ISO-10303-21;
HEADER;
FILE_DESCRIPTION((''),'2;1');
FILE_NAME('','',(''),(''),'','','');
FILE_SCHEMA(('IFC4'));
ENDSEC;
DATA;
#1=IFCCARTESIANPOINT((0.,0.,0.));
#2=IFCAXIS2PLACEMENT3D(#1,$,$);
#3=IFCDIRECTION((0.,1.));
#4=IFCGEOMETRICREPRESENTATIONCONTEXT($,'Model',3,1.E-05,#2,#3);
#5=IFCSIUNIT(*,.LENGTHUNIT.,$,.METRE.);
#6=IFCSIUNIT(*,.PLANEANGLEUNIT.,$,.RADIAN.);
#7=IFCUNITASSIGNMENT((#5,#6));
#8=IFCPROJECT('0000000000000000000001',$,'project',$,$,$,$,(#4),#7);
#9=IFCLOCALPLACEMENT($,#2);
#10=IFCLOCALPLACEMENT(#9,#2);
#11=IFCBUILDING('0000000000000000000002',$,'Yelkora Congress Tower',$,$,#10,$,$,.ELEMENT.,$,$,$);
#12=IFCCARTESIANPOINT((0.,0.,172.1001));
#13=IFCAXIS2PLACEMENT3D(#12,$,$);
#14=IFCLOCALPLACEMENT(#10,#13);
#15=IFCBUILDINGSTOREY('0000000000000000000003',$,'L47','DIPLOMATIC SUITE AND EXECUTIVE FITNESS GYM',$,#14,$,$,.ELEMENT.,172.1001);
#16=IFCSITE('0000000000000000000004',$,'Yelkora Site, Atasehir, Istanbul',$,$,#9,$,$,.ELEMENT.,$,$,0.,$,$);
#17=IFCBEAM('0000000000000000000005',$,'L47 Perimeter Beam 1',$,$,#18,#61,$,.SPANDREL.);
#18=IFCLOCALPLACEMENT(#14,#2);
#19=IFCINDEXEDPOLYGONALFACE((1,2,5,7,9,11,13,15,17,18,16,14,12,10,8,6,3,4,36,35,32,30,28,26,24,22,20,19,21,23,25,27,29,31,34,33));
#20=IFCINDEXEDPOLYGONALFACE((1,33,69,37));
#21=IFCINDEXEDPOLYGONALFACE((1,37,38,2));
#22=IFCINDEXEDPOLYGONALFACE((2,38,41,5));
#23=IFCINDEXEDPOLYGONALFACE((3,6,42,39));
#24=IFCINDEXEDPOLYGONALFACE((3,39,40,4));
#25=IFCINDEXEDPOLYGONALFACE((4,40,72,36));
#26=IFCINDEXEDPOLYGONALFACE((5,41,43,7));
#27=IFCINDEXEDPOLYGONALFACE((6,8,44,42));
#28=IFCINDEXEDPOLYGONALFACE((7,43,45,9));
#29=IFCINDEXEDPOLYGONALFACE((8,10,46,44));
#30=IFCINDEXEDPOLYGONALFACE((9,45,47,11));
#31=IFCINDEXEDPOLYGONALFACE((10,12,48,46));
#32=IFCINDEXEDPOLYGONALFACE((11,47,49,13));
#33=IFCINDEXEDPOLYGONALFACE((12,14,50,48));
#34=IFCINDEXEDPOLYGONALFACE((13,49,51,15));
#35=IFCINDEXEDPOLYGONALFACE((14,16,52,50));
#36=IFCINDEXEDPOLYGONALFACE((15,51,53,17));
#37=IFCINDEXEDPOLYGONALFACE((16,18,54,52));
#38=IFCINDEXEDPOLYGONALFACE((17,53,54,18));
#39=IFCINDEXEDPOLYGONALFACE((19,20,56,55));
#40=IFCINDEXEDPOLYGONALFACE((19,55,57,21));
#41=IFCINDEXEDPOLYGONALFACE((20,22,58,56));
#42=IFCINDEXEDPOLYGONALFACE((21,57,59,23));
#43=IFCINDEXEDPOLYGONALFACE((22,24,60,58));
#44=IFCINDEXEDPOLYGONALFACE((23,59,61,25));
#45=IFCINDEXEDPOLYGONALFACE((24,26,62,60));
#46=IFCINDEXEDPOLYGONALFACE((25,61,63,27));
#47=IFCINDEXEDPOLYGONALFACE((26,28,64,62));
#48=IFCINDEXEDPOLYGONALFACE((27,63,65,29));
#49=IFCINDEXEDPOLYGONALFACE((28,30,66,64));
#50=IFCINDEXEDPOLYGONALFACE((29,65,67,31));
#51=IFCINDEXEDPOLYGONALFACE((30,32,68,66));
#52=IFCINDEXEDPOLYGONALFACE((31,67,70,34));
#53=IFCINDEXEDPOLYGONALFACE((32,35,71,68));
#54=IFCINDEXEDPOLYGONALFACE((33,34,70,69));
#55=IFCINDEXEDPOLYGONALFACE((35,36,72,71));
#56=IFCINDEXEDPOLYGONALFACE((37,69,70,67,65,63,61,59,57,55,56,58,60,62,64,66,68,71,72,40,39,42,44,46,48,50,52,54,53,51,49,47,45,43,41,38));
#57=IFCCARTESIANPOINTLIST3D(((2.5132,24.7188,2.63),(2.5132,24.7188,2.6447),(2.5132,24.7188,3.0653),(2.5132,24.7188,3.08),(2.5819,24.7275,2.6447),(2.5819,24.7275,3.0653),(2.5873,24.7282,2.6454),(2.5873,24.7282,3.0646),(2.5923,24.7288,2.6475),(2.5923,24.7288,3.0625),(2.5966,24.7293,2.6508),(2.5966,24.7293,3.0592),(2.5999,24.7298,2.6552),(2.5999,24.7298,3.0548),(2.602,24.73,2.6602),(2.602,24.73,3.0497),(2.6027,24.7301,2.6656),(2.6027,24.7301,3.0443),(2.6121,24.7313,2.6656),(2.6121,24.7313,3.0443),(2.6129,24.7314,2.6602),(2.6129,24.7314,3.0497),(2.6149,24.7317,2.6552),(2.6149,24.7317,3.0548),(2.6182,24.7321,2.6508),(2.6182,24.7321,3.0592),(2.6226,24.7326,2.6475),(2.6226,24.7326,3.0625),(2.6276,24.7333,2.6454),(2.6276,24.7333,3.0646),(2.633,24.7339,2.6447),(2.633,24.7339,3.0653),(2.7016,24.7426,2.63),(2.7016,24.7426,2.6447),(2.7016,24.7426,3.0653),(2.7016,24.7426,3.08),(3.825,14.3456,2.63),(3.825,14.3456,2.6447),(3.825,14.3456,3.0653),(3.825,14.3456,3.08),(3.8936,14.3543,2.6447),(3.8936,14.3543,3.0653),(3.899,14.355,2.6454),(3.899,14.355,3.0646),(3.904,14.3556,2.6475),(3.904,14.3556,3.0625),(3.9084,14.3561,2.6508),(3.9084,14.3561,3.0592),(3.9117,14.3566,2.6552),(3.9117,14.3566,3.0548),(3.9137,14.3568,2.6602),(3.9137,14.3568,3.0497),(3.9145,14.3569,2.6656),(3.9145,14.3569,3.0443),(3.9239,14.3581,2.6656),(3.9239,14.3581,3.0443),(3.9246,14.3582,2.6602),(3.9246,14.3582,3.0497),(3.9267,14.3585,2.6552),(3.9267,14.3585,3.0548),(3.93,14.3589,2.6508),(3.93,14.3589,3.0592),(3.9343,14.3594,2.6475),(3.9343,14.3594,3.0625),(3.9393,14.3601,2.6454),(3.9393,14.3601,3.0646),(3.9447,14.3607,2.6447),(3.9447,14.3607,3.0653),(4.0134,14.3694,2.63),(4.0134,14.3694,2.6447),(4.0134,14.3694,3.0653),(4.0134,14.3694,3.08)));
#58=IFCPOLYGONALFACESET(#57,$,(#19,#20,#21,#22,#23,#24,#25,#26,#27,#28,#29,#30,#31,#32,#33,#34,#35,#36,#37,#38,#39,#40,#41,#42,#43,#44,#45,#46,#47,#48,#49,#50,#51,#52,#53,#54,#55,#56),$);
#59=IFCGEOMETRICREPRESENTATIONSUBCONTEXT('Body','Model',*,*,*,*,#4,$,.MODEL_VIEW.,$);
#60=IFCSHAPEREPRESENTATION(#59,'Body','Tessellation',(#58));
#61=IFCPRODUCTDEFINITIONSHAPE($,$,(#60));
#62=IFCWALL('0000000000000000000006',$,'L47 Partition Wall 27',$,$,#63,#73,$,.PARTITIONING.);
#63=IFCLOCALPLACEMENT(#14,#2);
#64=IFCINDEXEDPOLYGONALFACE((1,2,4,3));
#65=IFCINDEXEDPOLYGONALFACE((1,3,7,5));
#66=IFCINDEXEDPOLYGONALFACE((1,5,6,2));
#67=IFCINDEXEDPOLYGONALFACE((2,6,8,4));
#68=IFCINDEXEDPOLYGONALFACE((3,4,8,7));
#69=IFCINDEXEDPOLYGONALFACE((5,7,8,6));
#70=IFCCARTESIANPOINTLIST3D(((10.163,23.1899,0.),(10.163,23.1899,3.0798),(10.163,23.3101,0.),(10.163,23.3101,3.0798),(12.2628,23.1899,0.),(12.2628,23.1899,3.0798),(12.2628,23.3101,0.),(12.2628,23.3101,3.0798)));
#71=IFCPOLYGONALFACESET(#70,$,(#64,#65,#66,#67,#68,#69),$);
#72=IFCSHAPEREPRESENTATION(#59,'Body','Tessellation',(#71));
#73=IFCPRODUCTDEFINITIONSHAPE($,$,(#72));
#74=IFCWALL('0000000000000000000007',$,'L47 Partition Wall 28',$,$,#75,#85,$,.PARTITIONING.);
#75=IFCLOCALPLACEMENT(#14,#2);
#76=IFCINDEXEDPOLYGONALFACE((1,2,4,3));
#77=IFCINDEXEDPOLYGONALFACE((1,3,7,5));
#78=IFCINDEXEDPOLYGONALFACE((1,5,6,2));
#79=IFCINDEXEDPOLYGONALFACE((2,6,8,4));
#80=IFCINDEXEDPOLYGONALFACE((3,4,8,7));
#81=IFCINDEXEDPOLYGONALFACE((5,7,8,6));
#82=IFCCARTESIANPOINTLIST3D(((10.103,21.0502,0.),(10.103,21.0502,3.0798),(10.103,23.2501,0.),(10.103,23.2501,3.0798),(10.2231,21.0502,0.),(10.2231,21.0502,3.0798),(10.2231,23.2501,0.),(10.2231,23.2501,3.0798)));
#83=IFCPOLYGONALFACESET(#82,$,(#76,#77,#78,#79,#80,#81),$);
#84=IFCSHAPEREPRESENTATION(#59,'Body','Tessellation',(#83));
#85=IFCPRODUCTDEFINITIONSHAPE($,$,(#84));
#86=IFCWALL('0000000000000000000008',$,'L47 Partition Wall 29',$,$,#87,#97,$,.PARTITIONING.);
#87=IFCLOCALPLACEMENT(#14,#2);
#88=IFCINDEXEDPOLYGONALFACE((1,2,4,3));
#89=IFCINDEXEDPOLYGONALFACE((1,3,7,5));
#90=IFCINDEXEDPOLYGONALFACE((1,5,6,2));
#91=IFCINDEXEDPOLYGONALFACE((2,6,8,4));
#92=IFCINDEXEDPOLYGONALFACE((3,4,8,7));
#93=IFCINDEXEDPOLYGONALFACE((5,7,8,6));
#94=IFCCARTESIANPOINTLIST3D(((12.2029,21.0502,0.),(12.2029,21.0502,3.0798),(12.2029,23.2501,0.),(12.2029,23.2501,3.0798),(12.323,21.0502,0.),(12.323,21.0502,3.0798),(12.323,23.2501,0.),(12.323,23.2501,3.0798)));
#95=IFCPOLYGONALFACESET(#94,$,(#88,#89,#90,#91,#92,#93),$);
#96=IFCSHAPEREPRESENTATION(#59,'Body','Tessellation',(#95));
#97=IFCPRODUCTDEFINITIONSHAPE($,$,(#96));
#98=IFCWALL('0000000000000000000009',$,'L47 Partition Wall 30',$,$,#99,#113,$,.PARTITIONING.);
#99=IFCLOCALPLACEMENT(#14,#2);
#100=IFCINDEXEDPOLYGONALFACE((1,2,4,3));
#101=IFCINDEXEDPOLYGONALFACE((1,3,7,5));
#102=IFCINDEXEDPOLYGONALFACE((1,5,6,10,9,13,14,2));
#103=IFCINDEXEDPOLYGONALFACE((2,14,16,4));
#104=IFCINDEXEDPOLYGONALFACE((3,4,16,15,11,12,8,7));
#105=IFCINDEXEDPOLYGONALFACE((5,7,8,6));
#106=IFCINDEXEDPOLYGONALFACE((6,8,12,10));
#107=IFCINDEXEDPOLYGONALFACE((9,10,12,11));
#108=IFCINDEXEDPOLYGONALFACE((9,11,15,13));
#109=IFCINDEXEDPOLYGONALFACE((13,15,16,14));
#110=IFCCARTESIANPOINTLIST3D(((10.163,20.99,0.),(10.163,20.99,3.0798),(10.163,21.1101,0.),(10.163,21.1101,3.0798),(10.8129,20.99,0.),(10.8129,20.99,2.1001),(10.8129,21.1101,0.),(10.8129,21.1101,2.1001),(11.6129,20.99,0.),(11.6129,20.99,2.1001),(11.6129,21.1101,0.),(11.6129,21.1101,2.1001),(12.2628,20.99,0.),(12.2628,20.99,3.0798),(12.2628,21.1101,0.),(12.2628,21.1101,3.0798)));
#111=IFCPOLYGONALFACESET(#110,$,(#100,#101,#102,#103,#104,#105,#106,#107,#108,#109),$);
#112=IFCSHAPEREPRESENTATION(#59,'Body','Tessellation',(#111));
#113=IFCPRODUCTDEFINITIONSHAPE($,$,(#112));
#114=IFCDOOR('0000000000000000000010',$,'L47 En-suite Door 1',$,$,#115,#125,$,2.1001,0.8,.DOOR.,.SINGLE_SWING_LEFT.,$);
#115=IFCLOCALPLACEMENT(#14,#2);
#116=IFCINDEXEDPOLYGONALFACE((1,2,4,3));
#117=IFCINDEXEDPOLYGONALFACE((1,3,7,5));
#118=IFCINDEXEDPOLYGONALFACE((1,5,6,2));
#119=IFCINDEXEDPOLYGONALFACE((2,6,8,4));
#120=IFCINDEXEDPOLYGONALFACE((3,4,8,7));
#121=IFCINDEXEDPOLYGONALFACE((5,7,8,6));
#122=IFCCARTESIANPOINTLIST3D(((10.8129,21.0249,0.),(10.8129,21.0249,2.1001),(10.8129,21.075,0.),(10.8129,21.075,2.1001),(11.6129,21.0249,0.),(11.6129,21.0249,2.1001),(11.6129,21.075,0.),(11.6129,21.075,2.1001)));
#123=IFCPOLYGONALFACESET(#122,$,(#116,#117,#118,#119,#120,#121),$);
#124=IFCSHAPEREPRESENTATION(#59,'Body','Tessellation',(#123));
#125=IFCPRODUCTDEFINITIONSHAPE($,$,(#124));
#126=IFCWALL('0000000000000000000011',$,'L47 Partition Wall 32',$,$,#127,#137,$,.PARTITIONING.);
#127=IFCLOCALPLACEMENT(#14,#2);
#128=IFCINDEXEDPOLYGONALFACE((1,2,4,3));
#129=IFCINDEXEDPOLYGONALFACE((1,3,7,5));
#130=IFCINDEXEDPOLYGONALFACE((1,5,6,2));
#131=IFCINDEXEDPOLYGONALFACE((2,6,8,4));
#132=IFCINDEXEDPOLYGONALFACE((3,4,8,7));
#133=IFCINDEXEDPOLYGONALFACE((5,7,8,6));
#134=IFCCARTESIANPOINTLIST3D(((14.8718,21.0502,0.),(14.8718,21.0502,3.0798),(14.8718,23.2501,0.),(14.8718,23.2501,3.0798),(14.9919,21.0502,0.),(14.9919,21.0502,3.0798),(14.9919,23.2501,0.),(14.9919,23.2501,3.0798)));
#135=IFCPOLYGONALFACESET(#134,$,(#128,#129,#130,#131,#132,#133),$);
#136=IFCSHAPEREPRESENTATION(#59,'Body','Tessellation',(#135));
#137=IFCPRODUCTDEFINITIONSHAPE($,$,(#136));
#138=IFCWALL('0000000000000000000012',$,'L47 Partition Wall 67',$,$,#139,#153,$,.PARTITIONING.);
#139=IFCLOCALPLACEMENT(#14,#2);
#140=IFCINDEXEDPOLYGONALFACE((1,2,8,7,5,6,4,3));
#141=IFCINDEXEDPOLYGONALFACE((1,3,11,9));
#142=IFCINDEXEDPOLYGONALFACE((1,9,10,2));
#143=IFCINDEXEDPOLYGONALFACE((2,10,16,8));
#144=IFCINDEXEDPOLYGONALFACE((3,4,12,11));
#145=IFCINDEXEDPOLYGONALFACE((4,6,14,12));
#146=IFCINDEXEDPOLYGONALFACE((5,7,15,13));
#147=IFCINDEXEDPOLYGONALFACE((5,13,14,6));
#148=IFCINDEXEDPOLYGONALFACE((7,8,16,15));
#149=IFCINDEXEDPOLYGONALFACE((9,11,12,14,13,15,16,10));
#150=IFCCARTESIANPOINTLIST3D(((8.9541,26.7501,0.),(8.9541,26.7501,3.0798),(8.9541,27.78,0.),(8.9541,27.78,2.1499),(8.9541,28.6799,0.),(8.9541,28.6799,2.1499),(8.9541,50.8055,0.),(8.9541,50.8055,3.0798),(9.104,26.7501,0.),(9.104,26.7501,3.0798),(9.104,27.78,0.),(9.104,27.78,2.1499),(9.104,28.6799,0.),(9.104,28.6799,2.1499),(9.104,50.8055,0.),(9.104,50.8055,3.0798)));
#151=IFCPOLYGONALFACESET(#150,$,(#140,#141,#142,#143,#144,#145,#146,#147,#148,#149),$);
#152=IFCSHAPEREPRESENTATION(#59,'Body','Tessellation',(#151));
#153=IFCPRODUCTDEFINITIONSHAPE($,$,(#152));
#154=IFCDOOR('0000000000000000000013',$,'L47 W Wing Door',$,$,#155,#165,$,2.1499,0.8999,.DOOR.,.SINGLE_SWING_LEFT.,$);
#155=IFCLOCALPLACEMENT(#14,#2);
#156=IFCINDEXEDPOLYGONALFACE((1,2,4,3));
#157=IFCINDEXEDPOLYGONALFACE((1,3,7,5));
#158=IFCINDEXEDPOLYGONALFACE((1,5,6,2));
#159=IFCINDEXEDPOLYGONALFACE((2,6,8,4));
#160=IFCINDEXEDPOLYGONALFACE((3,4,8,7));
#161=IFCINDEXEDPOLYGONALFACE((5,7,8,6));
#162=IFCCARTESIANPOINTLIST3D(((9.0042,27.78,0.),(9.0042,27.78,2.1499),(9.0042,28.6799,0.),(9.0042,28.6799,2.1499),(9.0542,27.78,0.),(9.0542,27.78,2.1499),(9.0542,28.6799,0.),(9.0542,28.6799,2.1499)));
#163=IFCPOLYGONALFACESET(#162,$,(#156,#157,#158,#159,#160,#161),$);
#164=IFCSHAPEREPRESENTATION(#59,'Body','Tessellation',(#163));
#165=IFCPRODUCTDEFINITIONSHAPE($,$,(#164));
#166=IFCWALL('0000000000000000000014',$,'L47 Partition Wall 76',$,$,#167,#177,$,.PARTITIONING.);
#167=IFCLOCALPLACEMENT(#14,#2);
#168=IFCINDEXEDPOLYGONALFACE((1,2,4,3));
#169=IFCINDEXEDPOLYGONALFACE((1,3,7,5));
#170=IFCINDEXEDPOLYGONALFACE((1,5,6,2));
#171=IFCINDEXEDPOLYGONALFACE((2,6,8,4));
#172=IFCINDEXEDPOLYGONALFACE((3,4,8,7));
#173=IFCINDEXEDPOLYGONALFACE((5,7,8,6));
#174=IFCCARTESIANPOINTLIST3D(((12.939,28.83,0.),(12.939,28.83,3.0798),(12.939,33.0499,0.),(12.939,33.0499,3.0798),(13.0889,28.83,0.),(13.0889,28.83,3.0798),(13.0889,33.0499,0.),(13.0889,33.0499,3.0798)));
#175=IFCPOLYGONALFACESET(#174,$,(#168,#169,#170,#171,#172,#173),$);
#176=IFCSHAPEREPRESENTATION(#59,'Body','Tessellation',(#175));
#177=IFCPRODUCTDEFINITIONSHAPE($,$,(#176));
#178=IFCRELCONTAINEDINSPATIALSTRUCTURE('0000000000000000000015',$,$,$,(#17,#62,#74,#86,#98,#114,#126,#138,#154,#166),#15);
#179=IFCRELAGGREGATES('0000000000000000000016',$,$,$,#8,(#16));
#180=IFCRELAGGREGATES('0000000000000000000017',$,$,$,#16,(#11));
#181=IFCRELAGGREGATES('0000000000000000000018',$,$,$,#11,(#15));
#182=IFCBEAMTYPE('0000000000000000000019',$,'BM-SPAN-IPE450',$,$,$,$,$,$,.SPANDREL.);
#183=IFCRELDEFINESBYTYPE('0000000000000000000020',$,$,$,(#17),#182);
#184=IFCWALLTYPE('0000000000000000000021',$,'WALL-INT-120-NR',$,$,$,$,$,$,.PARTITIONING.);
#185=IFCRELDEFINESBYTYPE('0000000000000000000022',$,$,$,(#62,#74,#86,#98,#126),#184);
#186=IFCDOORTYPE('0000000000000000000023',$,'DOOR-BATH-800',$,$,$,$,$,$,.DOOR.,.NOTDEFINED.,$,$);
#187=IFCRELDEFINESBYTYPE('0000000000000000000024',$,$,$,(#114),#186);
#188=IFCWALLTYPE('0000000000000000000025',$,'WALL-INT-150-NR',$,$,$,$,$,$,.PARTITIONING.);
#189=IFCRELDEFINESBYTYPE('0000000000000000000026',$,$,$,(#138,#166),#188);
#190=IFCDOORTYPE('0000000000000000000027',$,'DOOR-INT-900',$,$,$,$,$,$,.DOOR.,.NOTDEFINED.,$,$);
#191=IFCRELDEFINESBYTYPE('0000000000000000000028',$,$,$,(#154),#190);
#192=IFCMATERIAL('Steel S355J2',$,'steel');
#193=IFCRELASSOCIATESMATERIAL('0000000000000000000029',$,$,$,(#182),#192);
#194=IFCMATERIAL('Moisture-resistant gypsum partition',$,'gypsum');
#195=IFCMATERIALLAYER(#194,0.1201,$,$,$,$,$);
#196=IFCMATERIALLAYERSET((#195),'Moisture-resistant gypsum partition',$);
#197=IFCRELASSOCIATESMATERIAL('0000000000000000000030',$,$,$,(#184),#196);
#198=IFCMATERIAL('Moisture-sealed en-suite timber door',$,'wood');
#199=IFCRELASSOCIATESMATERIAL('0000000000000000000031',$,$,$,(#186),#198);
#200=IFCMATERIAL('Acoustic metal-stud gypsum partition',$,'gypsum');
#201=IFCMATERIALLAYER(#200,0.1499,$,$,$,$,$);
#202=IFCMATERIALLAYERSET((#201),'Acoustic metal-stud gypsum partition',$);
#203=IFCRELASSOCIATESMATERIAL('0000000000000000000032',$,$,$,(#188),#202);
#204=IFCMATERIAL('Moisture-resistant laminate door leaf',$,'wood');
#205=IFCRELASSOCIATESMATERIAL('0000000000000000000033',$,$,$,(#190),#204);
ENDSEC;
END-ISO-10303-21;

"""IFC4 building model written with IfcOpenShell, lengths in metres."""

from ifc_helpers import new_model, si_unit, direction, frame, frame_2d, origin, origin_2d, place, context, subcontext, project, spatial, rectangle, i_section, extrude, material, layer, layer_set, material_profile, profile_set, type_object, element, fill, save


model = new_model("IFC4")

# Units and contexts
model_context = context("Model", 3, precision=1e-05, world=origin(), true_north=direction((0.0, 1.0)))
body_context = subcontext(model_context, "Body", "Model", "MODEL_VIEW")
ifc_project = project(units=[si_unit("LENGTHUNIT", "METRE"), si_unit("PLANEANGLEUNIT", "RADIAN")], contexts=[model_context])

# Site, building, storey
site_placement = place(None, origin())
site = spatial("IfcSite", under=ifc_project, at=site_placement, Name="Yelkora Site, Atasehir, Istanbul", CompositionType="ELEMENT", RefElevation=0.0)
building_placement = place(site_placement, origin())
building = spatial("IfcBuilding", under=site, at=building_placement, Name="Yelkora Congress Tower", CompositionType="ELEMENT")
storey_placement = place(building_placement, frame((0.0, 0.0, 172.1001)))
storey = spatial("IfcBuildingStorey", under=building, at=storey_placement, Name="L47", Description="DIPLOMATIC SUITE AND EXECUTIVE FITNESS GYM", CompositionType="ELEMENT", Elevation=172.1001)

# Beam
ifc_material_1 = material(Name="Steel S355J2", Category="steel")
ifc_material_profile_1 = material_profile(ifc_material_1, i_section(OverallWidth=0.1899, OverallDepth=0.45, WebThickness=0.0095, FlangeThickness=0.0146, FilletRadius=0.021, at=origin_2d()), Name="IPE 450")
ifc_profile_set_1 = profile_set([ifc_material_profile_1], Name="Steel S355J2")
beam_type_1 = type_object("IfcBeamType", Name="BM-SPAN-IPE450", PredefinedType="SPANDREL", material=ifc_profile_set_1)
beam_1_placement = place(storey_placement, frame((2.6074, 24.7307, 2.855), z_axis=(0.125457, -0.992099, 0.0), x_axis=(0.992099, 0.125457, 0.0)))
element("IfcBeam", 1, at=beam_1_placement, inside=storey, type_object=beam_type_1, Name="L47 Perimeter Beam 1", PredefinedType="SPANDREL", context=body_context, shape_type="SweptSolid", body=[
    extrude(i_section(OverallWidth=0.1899, OverallDepth=0.45, WebThickness=0.0095, FlangeThickness=0.0146, FilletRadius=0.021, at=origin_2d()), origin(), (0.0, 0.0, 1.0), 10.4558),
])

# Walls
ifc_material_2 = material(Name="Moisture-resistant gypsum partition", Category="gypsum")
ifc_layer_1 = layer(ifc_material_2, 0.1201)
ifc_layer_set_1 = layer_set([ifc_layer_1], Name="Moisture-resistant gypsum partition")
wall_type_1 = type_object("IfcWallType", Name="WALL-INT-120-NR", PredefinedType="PARTITIONING", material=ifc_layer_set_1)
wall_1_placement = place(storey_placement, frame((10.1631, 23.25, 0.0), z_axis=(0.0, 0.0, 1.0), x_axis=(1.0, 0.0, 0.0)))
element("IfcWall", 2, at=wall_1_placement, inside=storey, type_object=wall_type_1, Name="L47 Partition Wall 27", PredefinedType="PARTITIONING", context=body_context, shape_type="SweptSolid", body=[
    extrude(rectangle(XDim=2.0999, YDim=0.1201, at=frame_2d((1.0498, 0.0))), origin(), (0.0, 0.0, 1.0), 3.0798),
])
for number, where, z_axis, x_axis, name in (
    (3, (10.1631, 21.05, 0.0), (0.0, 0.0, 1.0), (0.0, 1.0, 0.0), "L47 Partition Wall 28"),
    (4, (12.2629, 21.05, 0.0), (0.0, 0.0, 1.0), (0.0, 1.0, 0.0), "L47 Partition Wall 29"),
):
    element("IfcWall", number, at=place(storey_placement, frame(where, z_axis=z_axis, x_axis=x_axis)), inside=storey, type_object=wall_type_1, Name=name, PredefinedType="PARTITIONING", context=body_context, shape_type="SweptSolid", body=[
        extrude(rectangle(XDim=2.2, YDim=0.1201, at=frame_2d((1.1001, 0.0))), origin(), (0.0, 0.0, 1.0), 3.0798),
    ])

# Wall, opening, door
wall_2_placement = place(storey_placement, frame((10.1631, 21.05, 0.0), z_axis=(0.0, 0.0, 1.0), x_axis=(1.0, 0.0, 0.0)))
wall_2 = element("IfcWall", 5, at=wall_2_placement, inside=storey, type_object=wall_type_1, Name="L47 Partition Wall 30", PredefinedType="PARTITIONING", context=body_context, shape_type="SweptSolid", body=[
    extrude(rectangle(XDim=2.0999, YDim=0.1201, at=frame_2d((1.0498, 0.0))), origin(), (0.0, 0.0, 1.0), 3.0798),
])
opening_1_placement = place(wall_2_placement, frame((0.6499, 0.0, 0.0)))
opening_1 = element("IfcOpeningElement", 6, at=opening_1_placement, cuts=wall_2, PredefinedType="OPENING", context=body_context, shape_type="SweptSolid", body=[
    extrude(rectangle(XDim=0.8, YDim=2.1001, at=frame_2d((0.3999, 1.05))), frame((0.0, 0.0701, 0.0), z_axis=(0.0, -1.0, 0.0), x_axis=(1.0, 0.0, 0.0)), (0.0, 0.0, 1.0), 0.1401),
])
ifc_material_3 = material(Name="Moisture-sealed en-suite timber door", Category="wood")
door_type_1 = type_object("IfcDoorType", Name="DOOR-BATH-800", OperationType="NOTDEFINED", PredefinedType="DOOR", material=ifc_material_3)
door_1_placement = place(opening_1_placement, origin())
door_1 = element("IfcDoor", 7, at=door_1_placement, inside=storey, type_object=door_type_1, Name="L47 En-suite Door 1", OperationType="SINGLE_SWING_LEFT", OverallHeight=2.1001, OverallWidth=0.8, PredefinedType="DOOR", context=body_context, shape_type="SweptSolid", body=[
    extrude(rectangle(XDim=0.8, YDim=2.1001, at=frame_2d((0.3999, 1.05))), frame((0.0, 0.0249, 0.0), z_axis=(0.0, -1.0, 0.0), x_axis=(1.0, 0.0, 0.0)), (0.0, 0.0, 1.0), 0.05),
])
fill(opening_1, door_1)

# Wall
wall_3_placement = place(storey_placement, frame((14.9319, 21.05, 0.0), z_axis=(0.0, 0.0, 1.0), x_axis=(0.0, 1.0, 0.0)))
element("IfcWall", 8, at=wall_3_placement, inside=storey, type_object=wall_type_1, Name="L47 Partition Wall 32", PredefinedType="PARTITIONING", context=body_context, shape_type="SweptSolid", body=[
    extrude(rectangle(XDim=2.2, YDim=0.1201, at=frame_2d((1.1001, 0.0))), origin(), (0.0, 0.0, 1.0), 3.0798),
])

# Wall, opening, door
ifc_material_4 = material(Name="Acoustic metal-stud gypsum partition", Category="gypsum")
ifc_layer_2 = layer(ifc_material_4, 0.1499)
ifc_layer_set_2 = layer_set([ifc_layer_2], Name="Acoustic metal-stud gypsum partition")
wall_type_2 = type_object("IfcWallType", Name="WALL-INT-150-NR", PredefinedType="PARTITIONING", material=ifc_layer_set_2)
wall_4_placement = place(storey_placement, frame((9.0291, 26.75, 0.0), z_axis=(0.0, 0.0, 1.0), x_axis=(0.0, 1.0, 0.0)))
wall_4 = element("IfcWall", 9, at=wall_4_placement, inside=storey, type_object=wall_type_2, Name="L47 Partition Wall 67", PredefinedType="PARTITIONING", context=body_context, shape_type="SweptSolid", body=[
    extrude(rectangle(XDim=24.0554, YDim=0.1499, at=frame_2d((12.0278, 0.0))), origin(), (0.0, 0.0, 1.0), 3.0798),
])
opening_2_placement = place(wall_4_placement, frame((1.03, 0.0, 0.0)))
opening_2 = element("IfcOpeningElement", 10, at=opening_2_placement, cuts=wall_4, PredefinedType="OPENING", context=body_context, shape_type="SweptSolid", body=[
    extrude(rectangle(XDim=0.8999, YDim=2.1499, at=frame_2d((0.45, 1.075))), frame((0.0, 0.085, 0.0), z_axis=(0.0, -1.0, 0.0), x_axis=(1.0, 0.0, 0.0)), (0.0, 0.0, 1.0), 0.1699),
])
ifc_material_5 = material(Name="Moisture-resistant laminate door leaf", Category="wood")
door_type_2 = type_object("IfcDoorType", Name="DOOR-INT-900", OperationType="NOTDEFINED", PredefinedType="DOOR", material=ifc_material_5)
door_2_placement = place(opening_2_placement, origin())
door_2 = element("IfcDoor", 11, at=door_2_placement, inside=storey, type_object=door_type_2, Name="L47 W Wing Door", OperationType="SINGLE_SWING_LEFT", OverallHeight=2.1499, OverallWidth=0.8999, PredefinedType="DOOR", context=body_context, shape_type="SweptSolid", body=[
    extrude(rectangle(XDim=0.8999, YDim=2.1499, at=frame_2d((0.45, 1.075))), frame((0.0, 0.0249, 0.0), z_axis=(0.0, -1.0, 0.0), x_axis=(1.0, 0.0, 0.0)), (0.0, 0.0, 1.0), 0.05),
])
fill(opening_2, door_2)

# Wall
wall_5_placement = place(storey_placement, frame((13.0139, 28.8301, 0.0), z_axis=(0.0, 0.0, 1.0), x_axis=(0.0, 1.0, 0.0)))
element("IfcWall", 12, at=wall_5_placement, inside=storey, type_object=wall_type_2, Name="L47 Partition Wall 76", PredefinedType="PARTITIONING", context=body_context, shape_type="SweptSolid", body=[
    extrude(rectangle(XDim=4.22, YDim=0.1499, at=frame_2d((2.1099, 0.0))), origin(), (0.0, 0.0, 1.0), 3.0798),
])

save(model, "model.ifc")
